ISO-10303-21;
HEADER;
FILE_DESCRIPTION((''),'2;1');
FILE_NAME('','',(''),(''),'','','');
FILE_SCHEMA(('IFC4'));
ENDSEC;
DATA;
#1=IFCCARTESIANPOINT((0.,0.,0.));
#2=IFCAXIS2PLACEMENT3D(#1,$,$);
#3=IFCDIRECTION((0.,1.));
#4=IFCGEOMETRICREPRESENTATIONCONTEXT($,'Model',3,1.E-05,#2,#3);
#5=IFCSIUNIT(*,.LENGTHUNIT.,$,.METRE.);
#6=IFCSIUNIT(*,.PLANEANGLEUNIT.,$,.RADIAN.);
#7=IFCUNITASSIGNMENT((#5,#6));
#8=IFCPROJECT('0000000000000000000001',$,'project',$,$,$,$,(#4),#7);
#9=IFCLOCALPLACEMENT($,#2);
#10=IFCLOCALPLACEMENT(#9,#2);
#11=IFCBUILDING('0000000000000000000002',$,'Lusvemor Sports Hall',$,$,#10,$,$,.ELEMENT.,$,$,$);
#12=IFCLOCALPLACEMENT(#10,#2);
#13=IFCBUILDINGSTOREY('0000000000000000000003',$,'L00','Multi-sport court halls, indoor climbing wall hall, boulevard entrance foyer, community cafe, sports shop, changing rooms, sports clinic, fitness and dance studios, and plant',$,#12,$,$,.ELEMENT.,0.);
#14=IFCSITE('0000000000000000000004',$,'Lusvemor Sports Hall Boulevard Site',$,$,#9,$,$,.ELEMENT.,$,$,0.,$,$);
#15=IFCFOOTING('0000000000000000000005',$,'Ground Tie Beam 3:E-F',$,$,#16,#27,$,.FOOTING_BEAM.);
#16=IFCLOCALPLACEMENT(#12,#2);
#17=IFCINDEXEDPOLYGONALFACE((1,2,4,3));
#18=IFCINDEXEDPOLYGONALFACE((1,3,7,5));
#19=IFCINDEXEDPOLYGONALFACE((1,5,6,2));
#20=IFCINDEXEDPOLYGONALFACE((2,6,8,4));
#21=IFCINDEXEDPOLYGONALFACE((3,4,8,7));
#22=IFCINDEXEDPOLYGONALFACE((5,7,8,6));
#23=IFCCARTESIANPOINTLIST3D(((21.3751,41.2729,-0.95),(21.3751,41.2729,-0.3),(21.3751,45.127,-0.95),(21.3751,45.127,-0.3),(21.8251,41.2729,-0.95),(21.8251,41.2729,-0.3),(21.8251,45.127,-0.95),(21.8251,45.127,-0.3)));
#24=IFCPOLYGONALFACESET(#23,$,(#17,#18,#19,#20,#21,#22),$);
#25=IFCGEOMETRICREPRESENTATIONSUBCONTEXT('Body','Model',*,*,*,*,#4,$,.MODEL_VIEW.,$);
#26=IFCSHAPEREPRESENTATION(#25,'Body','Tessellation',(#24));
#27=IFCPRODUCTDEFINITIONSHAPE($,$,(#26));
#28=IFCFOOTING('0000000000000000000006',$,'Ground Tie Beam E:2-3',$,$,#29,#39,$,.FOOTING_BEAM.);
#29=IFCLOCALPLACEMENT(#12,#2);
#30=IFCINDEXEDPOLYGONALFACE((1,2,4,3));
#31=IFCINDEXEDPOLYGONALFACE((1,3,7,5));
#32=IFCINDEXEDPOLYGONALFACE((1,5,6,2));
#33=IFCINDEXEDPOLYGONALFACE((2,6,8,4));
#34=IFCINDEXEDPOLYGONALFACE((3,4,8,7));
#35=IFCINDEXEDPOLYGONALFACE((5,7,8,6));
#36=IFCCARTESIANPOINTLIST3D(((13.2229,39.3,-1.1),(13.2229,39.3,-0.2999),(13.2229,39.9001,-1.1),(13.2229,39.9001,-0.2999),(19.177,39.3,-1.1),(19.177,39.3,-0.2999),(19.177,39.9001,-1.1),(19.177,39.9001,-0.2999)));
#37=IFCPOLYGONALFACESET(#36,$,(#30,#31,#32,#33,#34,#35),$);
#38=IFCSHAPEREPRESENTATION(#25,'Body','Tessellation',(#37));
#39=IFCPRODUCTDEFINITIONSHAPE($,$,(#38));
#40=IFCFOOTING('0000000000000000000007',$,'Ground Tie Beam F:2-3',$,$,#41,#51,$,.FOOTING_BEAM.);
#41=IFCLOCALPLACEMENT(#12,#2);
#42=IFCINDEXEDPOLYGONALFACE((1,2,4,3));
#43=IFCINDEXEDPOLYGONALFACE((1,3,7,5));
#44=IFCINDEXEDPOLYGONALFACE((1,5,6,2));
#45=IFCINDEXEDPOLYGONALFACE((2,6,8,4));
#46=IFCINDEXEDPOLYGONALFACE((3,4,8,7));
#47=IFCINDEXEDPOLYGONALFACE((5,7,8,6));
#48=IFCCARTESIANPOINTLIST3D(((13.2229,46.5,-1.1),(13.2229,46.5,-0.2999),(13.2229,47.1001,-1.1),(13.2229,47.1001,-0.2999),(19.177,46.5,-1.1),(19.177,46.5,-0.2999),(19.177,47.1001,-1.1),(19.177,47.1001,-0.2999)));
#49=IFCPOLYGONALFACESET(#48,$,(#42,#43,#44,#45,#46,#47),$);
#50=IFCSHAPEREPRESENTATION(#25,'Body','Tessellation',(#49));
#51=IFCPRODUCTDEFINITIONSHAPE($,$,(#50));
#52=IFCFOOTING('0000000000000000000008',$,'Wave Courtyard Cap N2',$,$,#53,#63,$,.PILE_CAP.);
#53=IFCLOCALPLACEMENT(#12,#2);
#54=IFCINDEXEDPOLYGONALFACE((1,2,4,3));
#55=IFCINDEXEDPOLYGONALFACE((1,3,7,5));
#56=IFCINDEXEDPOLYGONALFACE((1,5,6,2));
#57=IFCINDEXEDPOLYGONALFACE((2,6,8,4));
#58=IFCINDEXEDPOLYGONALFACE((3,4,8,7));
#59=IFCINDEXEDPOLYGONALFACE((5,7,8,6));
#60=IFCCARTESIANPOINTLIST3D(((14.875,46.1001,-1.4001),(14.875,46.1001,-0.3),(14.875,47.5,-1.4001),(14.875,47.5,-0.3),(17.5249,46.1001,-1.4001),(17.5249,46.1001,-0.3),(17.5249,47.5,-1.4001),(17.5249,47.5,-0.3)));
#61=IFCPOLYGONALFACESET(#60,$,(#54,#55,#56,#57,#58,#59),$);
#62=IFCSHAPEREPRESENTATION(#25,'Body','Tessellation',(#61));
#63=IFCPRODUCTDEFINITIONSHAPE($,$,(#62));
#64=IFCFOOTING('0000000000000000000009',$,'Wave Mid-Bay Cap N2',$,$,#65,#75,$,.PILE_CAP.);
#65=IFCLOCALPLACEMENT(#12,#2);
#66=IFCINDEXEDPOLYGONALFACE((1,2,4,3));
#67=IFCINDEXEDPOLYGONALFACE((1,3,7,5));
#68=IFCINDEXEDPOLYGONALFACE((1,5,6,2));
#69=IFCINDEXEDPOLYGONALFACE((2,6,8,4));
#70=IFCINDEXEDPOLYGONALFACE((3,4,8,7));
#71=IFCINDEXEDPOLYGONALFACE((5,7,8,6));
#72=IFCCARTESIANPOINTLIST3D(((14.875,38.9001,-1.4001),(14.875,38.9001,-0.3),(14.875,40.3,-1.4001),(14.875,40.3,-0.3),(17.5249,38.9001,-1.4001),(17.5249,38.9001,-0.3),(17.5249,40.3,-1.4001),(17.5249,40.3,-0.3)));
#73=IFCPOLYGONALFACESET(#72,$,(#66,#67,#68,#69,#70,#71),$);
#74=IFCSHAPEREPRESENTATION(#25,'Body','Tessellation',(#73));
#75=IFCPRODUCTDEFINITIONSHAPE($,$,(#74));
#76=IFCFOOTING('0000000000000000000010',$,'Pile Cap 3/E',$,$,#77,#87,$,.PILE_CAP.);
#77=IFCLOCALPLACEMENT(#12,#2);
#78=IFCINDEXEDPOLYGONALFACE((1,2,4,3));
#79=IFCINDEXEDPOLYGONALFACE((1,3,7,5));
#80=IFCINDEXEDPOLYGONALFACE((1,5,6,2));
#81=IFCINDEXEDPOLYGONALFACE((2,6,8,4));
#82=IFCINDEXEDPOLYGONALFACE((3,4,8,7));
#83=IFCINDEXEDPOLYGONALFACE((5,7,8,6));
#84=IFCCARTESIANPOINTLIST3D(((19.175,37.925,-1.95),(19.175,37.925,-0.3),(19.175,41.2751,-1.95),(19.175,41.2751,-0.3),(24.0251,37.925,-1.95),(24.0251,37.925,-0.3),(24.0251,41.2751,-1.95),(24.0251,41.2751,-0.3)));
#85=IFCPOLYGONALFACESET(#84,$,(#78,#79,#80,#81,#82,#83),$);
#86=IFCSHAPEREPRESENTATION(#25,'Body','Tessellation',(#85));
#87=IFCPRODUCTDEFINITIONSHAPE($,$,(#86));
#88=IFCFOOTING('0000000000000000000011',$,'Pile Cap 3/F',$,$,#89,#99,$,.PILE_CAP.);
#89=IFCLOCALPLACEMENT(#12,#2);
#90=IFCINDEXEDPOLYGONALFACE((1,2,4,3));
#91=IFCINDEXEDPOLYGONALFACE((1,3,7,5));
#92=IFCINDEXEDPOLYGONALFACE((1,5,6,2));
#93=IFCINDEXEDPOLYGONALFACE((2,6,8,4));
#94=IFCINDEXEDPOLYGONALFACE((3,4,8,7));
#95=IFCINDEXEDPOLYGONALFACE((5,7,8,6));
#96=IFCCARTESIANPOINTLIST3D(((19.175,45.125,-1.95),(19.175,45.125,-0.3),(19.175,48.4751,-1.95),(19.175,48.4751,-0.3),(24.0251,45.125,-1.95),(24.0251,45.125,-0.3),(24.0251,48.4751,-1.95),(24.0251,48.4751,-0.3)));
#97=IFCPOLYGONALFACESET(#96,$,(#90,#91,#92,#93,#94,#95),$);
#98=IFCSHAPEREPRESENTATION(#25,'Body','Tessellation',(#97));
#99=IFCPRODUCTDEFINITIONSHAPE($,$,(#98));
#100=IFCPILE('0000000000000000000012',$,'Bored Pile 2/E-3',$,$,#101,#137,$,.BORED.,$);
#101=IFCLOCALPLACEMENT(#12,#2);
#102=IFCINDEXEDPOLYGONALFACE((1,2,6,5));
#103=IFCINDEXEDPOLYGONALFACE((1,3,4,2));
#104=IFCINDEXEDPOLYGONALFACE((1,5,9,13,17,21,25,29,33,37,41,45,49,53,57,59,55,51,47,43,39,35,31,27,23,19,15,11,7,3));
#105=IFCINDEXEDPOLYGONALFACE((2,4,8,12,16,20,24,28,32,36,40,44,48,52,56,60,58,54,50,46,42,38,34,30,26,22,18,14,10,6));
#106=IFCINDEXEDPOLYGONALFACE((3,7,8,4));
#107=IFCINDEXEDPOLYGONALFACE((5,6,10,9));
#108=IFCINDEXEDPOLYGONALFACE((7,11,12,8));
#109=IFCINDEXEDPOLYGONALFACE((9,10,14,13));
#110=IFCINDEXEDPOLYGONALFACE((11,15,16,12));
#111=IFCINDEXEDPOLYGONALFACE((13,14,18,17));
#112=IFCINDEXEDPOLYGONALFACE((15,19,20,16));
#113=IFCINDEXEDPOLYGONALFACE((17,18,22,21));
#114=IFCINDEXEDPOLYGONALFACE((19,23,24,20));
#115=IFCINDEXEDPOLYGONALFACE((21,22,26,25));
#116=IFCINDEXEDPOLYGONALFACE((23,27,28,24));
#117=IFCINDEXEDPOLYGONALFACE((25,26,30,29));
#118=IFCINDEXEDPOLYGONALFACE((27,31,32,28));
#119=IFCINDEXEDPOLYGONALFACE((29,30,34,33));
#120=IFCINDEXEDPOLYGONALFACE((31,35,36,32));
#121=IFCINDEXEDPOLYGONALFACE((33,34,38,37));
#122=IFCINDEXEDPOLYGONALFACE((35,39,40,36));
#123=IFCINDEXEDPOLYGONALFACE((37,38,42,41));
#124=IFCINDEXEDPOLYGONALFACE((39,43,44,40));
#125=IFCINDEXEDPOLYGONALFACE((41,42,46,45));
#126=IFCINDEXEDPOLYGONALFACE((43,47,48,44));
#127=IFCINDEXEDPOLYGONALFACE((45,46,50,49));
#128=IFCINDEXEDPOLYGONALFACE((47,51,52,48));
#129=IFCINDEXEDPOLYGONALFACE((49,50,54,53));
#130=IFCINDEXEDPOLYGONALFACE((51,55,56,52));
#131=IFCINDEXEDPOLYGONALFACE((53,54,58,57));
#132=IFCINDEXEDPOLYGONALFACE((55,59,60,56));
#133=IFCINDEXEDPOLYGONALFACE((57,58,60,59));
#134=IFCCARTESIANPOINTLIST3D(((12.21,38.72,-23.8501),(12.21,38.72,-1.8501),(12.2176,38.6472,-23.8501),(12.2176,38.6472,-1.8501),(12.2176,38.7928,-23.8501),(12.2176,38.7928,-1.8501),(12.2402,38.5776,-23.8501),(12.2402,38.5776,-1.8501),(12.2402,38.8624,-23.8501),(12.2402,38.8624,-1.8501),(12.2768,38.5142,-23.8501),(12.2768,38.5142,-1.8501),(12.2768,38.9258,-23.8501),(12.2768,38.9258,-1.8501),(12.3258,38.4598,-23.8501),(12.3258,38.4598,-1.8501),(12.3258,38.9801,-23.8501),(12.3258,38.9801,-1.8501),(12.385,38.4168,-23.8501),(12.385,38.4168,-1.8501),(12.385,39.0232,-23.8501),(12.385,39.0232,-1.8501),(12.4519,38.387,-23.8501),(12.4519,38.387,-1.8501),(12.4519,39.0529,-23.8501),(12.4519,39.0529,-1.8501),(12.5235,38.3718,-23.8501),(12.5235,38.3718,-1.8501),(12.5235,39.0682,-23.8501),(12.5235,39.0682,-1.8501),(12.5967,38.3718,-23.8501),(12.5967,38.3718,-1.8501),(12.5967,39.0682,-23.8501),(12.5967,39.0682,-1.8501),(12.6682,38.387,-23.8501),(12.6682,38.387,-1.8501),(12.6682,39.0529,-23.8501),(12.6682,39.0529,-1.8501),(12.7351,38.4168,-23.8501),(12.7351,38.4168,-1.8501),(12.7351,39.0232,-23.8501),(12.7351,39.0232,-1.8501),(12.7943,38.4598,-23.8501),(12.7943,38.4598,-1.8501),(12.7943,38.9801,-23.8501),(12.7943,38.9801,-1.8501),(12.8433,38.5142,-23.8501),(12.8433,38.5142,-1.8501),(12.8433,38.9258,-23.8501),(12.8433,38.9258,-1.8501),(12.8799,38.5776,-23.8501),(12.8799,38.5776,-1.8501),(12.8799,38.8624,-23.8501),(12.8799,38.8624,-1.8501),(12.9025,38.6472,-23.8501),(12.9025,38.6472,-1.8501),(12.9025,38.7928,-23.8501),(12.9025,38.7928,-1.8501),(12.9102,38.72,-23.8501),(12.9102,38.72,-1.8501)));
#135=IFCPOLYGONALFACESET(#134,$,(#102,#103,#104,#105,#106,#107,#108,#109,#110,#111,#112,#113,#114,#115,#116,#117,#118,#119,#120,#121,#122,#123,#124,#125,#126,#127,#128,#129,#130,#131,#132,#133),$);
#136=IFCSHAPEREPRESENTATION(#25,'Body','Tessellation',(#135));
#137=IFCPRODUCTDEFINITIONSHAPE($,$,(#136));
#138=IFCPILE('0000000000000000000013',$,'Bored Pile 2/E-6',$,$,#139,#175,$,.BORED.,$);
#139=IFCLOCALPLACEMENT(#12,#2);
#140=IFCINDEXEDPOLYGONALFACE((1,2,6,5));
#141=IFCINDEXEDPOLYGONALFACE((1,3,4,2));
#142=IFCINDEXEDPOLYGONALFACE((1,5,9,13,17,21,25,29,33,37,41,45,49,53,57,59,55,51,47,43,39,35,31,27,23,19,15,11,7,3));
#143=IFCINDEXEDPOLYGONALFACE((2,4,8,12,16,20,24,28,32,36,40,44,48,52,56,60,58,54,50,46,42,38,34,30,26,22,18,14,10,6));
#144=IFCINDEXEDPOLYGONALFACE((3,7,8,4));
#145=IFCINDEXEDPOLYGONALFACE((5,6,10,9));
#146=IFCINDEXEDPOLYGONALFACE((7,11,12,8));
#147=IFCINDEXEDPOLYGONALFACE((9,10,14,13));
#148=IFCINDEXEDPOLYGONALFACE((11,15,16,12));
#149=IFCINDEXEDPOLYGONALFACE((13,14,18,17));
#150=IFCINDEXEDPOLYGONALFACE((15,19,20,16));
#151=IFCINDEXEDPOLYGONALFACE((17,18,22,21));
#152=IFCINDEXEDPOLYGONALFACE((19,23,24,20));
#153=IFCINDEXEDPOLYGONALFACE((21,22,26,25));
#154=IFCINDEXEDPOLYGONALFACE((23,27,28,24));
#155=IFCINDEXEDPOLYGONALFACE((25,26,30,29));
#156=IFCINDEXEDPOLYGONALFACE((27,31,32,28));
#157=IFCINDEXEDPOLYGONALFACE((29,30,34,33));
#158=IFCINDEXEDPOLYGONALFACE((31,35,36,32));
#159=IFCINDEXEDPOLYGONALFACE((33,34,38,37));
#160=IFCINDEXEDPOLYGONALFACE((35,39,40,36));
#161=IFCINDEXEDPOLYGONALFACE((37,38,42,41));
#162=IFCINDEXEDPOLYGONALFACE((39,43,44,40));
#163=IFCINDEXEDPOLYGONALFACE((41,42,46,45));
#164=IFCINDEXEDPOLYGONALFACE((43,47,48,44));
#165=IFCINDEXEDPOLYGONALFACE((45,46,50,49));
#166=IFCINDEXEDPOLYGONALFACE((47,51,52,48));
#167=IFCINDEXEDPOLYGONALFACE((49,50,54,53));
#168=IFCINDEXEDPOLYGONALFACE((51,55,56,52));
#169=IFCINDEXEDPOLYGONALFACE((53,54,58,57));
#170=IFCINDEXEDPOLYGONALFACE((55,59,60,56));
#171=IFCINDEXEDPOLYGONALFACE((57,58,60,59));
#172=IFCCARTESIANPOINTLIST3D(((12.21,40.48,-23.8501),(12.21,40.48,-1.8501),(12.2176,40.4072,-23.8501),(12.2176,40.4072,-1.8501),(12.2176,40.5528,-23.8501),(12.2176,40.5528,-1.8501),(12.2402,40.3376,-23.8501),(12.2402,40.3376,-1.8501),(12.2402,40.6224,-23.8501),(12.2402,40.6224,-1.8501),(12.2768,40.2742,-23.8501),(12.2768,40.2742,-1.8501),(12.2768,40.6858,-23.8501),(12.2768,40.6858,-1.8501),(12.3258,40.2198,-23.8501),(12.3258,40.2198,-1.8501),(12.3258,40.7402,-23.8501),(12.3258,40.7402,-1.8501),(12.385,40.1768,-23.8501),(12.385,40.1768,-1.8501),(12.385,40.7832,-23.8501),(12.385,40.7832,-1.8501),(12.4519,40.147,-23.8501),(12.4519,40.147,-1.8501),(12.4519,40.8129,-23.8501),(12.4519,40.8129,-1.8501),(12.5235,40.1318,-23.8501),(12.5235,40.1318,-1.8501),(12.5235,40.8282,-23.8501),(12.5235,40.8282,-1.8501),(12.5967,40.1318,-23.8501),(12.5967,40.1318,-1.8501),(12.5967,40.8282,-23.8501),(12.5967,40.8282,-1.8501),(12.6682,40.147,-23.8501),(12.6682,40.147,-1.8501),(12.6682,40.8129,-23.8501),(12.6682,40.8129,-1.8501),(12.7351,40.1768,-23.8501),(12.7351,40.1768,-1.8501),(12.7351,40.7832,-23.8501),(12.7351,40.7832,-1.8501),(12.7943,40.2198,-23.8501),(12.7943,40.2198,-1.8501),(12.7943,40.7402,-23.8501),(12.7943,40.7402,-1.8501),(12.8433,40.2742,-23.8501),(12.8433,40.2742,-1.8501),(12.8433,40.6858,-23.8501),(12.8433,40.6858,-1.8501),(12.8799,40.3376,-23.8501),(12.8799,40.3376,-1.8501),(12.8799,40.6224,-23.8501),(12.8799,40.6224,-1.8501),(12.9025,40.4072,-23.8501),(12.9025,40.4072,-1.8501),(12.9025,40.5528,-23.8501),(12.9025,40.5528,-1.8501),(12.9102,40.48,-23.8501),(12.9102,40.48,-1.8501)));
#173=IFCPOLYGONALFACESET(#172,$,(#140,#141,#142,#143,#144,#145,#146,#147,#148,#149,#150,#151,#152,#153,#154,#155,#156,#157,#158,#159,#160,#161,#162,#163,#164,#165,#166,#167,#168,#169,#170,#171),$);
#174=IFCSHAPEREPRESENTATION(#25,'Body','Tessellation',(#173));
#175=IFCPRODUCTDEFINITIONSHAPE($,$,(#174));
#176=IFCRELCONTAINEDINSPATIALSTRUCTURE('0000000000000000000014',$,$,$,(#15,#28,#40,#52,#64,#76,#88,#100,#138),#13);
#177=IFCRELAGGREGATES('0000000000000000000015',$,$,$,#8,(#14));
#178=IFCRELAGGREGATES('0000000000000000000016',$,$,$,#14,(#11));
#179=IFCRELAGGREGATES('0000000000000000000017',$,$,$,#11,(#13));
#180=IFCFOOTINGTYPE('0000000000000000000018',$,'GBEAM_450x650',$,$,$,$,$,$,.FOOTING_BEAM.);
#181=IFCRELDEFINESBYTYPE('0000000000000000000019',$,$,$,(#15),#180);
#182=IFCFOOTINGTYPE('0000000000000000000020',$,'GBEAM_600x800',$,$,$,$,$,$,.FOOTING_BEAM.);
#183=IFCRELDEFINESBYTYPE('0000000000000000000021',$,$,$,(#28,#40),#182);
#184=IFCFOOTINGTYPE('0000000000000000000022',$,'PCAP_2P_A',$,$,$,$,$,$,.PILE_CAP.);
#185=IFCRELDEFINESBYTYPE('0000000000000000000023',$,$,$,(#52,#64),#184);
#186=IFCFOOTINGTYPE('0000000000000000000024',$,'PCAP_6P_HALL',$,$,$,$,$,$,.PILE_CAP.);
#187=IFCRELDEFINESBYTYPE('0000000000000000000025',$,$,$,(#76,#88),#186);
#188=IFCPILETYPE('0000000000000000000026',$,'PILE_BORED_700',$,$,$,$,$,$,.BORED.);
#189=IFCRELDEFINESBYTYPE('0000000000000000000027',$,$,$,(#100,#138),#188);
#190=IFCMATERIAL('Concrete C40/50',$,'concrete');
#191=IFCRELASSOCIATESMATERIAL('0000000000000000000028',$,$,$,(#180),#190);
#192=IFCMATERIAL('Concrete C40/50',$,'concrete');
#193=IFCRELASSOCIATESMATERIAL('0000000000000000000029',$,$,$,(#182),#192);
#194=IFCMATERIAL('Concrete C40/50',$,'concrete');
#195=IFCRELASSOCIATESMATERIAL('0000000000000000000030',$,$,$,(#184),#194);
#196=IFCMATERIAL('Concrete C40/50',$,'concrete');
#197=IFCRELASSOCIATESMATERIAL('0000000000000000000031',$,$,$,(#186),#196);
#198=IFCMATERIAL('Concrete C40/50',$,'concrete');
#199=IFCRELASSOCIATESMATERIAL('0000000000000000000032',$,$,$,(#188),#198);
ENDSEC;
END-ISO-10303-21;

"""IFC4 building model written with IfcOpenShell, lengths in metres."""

from ifc_helpers import new_model, si_unit, direction, frame, origin, origin_2d, place, context, subcontext, project, spatial, rectangle, circle, extrude, material, material_profile, profile_set, type_object, element, save


model = new_model("IFC4")

# Units and contexts
model_context = context("Model", 3, precision=1e-05, world=origin(), true_north=direction((0.0, 1.0)))
body_context = subcontext(model_context, "Body", "Model", "MODEL_VIEW")
ifc_project = project(units=[si_unit("LENGTHUNIT", "METRE"), si_unit("PLANEANGLEUNIT", "RADIAN")], contexts=[model_context])

# Site, building, storey
site_placement = place(None, origin())
site = spatial("IfcSite", under=ifc_project, at=site_placement, Name="Lusvemor Sports Hall Boulevard Site", CompositionType="ELEMENT", RefElevation=0.0)
building_placement = place(site_placement, origin())
building = spatial("IfcBuilding", under=site, at=building_placement, Name="Lusvemor Sports Hall", CompositionType="ELEMENT")
storey_placement = place(building_placement, origin())
storey = spatial("IfcBuildingStorey", under=building, at=storey_placement, Name="L00", Description="Multi-sport court halls, indoor climbing wall hall, boulevard entrance foyer, community cafe, sports shop, changing rooms, sports clinic, fitness and dance studios, and plant", CompositionType="ELEMENT", Elevation=0.0)

# Footings
ifc_material_1 = material(Name="Concrete C40/50", Category="concrete")
ifc_material_profile_1 = material_profile(ifc_material_1, rectangle(XDim=0.45, YDim=0.6499, at=origin_2d()), Name="GB_450x650")
ifc_profile_set_1 = profile_set([ifc_material_profile_1], Name="Concrete C40/50")
footing_type_1 = type_object("IfcFootingType", Name="GBEAM_450x650", PredefinedType="FOOTING_BEAM", material=ifc_profile_set_1)
footing_placement = place(storey_placement, frame((21.6001, 41.2729, -0.625), z_axis=(0.0, 1.0, 0.0), x_axis=(-1.0, 0.0, 0.0)))
element("IfcFooting", 1, at=footing_placement, inside=storey, type_object=footing_type_1, Name="Ground Tie Beam 3:E-F", PredefinedType="FOOTING_BEAM", context=body_context, shape_type="SweptSolid", body=[
    extrude(rectangle(XDim=0.45, YDim=0.6499, at=origin_2d()), origin(), (0.0, 0.0, 1.0), 3.854),
])
ifc_material_2 = material(Name="Concrete C40/50", Category="concrete")
ifc_material_profile_2 = material_profile(ifc_material_2, rectangle(XDim=0.6001, YDim=0.8, at=origin_2d()), Name="GB_600x800")
ifc_profile_set_2 = profile_set([ifc_material_profile_2], Name="Concrete C40/50")
footing_type_2 = type_object("IfcFootingType", Name="GBEAM_600x800", PredefinedType="FOOTING_BEAM", material=ifc_profile_set_2)
for number, where, z_axis, x_axis, name in (
    (2, (13.2229, 39.6001, -0.7), (1.0, 0.0, 0.0), (0.0, 1.0, 0.0), "Ground Tie Beam E:2-3"),
    (3, (13.2229, 46.8, -0.7), (1.0, 0.0, 0.0), (0.0, 1.0, 0.0), "Ground Tie Beam F:2-3"),
):
    element("IfcFooting", number, at=place(storey_placement, frame(where, z_axis=z_axis, x_axis=x_axis)), inside=storey, type_object=footing_type_2, Name=name, PredefinedType="FOOTING_BEAM", context=body_context, shape_type="SweptSolid", body=[
        extrude(rectangle(XDim=0.6001, YDim=0.8, at=origin_2d()), origin(), (0.0, 0.0, 1.0), 5.9541),
    ])
ifc_material_3 = material(Name="Concrete C40/50", Category="concrete")
footing_type_3 = type_object("IfcFootingType", Name="PCAP_2P_A", PredefinedType="PILE_CAP", material=ifc_material_3)
for number, where, z_axis, x_axis, name in (
    (4, (16.2, 46.8, -1.4001), (0.0, 0.0, 1.0), (1.0, 0.0, 0.0), "Wave Courtyard Cap N2"),
    (5, (16.2, 39.6001, -1.4001), (0.0, 0.0, 1.0), (1.0, 0.0, 0.0), "Wave Mid-Bay Cap N2"),
):
    element("IfcFooting", number, at=place(storey_placement, frame(where, z_axis=z_axis, x_axis=x_axis)), inside=storey, type_object=footing_type_3, Name=name, PredefinedType="PILE_CAP", context=body_context, shape_type="SweptSolid", body=[
        extrude(rectangle(XDim=2.6499, YDim=1.3999, at=origin_2d()), origin(), (0.0, 0.0, 1.0), 1.1001),
    ])
ifc_material_4 = material(Name="Concrete C40/50", Category="concrete")
footing_type_4 = type_object("IfcFootingType", Name="PCAP_6P_HALL", PredefinedType="PILE_CAP", material=ifc_material_4)
for number, where, z_axis, x_axis, name in (
    (6, (21.6001, 39.6001, -1.95), (0.0, 0.0, 1.0), (1.0, 0.0, 0.0), "Pile Cap 3/E"),
    (7, (21.6001, 46.8, -1.95), (0.0, 0.0, 1.0), (1.0, 0.0, 0.0), "Pile Cap 3/F"),
):
    element("IfcFooting", number, at=place(storey_placement, frame(where, z_axis=z_axis, x_axis=x_axis)), inside=storey, type_object=footing_type_4, Name=name, PredefinedType="PILE_CAP", context=body_context, shape_type="SweptSolid", body=[
        extrude(rectangle(XDim=4.8501, YDim=3.3501, at=origin_2d()), origin(), (0.0, 0.0, 1.0), 1.6499),
    ])

# Piles
ifc_material_5 = material(Name="Concrete C40/50", Category="concrete")
ifc_material_profile_3 = material_profile(ifc_material_5, circle(Radius=0.3501, at=origin_2d()), Name="PILE700")
ifc_profile_set_3 = profile_set([ifc_material_profile_3], Name="Concrete C40/50")
pile_type = type_object("IfcPileType", Name="PILE_BORED_700", PredefinedType="BORED", material=ifc_profile_set_3)
for number, where, z_axis, x_axis, name in (
    (8, (12.5601, 38.72, -1.8501), (0.0, 0.0, -1.0), (1.0, 0.0, 0.0), "Bored Pile 2/E-3"),
    (9, (12.5601, 40.48, -1.8501), (0.0, 0.0, -1.0), (1.0, 0.0, 0.0), "Bored Pile 2/E-6"),
):
    element("IfcPile", number, at=place(storey_placement, frame(where, z_axis=z_axis, x_axis=x_axis)), inside=storey, type_object=pile_type, Name=name, PredefinedType="BORED", context=body_context, shape_type="SweptSolid", body=[
        extrude(circle(Radius=0.3501, at=origin_2d()), origin(), (0.0, 0.0, 1.0), 22.0),
    ])

save(model, "model.ifc")
